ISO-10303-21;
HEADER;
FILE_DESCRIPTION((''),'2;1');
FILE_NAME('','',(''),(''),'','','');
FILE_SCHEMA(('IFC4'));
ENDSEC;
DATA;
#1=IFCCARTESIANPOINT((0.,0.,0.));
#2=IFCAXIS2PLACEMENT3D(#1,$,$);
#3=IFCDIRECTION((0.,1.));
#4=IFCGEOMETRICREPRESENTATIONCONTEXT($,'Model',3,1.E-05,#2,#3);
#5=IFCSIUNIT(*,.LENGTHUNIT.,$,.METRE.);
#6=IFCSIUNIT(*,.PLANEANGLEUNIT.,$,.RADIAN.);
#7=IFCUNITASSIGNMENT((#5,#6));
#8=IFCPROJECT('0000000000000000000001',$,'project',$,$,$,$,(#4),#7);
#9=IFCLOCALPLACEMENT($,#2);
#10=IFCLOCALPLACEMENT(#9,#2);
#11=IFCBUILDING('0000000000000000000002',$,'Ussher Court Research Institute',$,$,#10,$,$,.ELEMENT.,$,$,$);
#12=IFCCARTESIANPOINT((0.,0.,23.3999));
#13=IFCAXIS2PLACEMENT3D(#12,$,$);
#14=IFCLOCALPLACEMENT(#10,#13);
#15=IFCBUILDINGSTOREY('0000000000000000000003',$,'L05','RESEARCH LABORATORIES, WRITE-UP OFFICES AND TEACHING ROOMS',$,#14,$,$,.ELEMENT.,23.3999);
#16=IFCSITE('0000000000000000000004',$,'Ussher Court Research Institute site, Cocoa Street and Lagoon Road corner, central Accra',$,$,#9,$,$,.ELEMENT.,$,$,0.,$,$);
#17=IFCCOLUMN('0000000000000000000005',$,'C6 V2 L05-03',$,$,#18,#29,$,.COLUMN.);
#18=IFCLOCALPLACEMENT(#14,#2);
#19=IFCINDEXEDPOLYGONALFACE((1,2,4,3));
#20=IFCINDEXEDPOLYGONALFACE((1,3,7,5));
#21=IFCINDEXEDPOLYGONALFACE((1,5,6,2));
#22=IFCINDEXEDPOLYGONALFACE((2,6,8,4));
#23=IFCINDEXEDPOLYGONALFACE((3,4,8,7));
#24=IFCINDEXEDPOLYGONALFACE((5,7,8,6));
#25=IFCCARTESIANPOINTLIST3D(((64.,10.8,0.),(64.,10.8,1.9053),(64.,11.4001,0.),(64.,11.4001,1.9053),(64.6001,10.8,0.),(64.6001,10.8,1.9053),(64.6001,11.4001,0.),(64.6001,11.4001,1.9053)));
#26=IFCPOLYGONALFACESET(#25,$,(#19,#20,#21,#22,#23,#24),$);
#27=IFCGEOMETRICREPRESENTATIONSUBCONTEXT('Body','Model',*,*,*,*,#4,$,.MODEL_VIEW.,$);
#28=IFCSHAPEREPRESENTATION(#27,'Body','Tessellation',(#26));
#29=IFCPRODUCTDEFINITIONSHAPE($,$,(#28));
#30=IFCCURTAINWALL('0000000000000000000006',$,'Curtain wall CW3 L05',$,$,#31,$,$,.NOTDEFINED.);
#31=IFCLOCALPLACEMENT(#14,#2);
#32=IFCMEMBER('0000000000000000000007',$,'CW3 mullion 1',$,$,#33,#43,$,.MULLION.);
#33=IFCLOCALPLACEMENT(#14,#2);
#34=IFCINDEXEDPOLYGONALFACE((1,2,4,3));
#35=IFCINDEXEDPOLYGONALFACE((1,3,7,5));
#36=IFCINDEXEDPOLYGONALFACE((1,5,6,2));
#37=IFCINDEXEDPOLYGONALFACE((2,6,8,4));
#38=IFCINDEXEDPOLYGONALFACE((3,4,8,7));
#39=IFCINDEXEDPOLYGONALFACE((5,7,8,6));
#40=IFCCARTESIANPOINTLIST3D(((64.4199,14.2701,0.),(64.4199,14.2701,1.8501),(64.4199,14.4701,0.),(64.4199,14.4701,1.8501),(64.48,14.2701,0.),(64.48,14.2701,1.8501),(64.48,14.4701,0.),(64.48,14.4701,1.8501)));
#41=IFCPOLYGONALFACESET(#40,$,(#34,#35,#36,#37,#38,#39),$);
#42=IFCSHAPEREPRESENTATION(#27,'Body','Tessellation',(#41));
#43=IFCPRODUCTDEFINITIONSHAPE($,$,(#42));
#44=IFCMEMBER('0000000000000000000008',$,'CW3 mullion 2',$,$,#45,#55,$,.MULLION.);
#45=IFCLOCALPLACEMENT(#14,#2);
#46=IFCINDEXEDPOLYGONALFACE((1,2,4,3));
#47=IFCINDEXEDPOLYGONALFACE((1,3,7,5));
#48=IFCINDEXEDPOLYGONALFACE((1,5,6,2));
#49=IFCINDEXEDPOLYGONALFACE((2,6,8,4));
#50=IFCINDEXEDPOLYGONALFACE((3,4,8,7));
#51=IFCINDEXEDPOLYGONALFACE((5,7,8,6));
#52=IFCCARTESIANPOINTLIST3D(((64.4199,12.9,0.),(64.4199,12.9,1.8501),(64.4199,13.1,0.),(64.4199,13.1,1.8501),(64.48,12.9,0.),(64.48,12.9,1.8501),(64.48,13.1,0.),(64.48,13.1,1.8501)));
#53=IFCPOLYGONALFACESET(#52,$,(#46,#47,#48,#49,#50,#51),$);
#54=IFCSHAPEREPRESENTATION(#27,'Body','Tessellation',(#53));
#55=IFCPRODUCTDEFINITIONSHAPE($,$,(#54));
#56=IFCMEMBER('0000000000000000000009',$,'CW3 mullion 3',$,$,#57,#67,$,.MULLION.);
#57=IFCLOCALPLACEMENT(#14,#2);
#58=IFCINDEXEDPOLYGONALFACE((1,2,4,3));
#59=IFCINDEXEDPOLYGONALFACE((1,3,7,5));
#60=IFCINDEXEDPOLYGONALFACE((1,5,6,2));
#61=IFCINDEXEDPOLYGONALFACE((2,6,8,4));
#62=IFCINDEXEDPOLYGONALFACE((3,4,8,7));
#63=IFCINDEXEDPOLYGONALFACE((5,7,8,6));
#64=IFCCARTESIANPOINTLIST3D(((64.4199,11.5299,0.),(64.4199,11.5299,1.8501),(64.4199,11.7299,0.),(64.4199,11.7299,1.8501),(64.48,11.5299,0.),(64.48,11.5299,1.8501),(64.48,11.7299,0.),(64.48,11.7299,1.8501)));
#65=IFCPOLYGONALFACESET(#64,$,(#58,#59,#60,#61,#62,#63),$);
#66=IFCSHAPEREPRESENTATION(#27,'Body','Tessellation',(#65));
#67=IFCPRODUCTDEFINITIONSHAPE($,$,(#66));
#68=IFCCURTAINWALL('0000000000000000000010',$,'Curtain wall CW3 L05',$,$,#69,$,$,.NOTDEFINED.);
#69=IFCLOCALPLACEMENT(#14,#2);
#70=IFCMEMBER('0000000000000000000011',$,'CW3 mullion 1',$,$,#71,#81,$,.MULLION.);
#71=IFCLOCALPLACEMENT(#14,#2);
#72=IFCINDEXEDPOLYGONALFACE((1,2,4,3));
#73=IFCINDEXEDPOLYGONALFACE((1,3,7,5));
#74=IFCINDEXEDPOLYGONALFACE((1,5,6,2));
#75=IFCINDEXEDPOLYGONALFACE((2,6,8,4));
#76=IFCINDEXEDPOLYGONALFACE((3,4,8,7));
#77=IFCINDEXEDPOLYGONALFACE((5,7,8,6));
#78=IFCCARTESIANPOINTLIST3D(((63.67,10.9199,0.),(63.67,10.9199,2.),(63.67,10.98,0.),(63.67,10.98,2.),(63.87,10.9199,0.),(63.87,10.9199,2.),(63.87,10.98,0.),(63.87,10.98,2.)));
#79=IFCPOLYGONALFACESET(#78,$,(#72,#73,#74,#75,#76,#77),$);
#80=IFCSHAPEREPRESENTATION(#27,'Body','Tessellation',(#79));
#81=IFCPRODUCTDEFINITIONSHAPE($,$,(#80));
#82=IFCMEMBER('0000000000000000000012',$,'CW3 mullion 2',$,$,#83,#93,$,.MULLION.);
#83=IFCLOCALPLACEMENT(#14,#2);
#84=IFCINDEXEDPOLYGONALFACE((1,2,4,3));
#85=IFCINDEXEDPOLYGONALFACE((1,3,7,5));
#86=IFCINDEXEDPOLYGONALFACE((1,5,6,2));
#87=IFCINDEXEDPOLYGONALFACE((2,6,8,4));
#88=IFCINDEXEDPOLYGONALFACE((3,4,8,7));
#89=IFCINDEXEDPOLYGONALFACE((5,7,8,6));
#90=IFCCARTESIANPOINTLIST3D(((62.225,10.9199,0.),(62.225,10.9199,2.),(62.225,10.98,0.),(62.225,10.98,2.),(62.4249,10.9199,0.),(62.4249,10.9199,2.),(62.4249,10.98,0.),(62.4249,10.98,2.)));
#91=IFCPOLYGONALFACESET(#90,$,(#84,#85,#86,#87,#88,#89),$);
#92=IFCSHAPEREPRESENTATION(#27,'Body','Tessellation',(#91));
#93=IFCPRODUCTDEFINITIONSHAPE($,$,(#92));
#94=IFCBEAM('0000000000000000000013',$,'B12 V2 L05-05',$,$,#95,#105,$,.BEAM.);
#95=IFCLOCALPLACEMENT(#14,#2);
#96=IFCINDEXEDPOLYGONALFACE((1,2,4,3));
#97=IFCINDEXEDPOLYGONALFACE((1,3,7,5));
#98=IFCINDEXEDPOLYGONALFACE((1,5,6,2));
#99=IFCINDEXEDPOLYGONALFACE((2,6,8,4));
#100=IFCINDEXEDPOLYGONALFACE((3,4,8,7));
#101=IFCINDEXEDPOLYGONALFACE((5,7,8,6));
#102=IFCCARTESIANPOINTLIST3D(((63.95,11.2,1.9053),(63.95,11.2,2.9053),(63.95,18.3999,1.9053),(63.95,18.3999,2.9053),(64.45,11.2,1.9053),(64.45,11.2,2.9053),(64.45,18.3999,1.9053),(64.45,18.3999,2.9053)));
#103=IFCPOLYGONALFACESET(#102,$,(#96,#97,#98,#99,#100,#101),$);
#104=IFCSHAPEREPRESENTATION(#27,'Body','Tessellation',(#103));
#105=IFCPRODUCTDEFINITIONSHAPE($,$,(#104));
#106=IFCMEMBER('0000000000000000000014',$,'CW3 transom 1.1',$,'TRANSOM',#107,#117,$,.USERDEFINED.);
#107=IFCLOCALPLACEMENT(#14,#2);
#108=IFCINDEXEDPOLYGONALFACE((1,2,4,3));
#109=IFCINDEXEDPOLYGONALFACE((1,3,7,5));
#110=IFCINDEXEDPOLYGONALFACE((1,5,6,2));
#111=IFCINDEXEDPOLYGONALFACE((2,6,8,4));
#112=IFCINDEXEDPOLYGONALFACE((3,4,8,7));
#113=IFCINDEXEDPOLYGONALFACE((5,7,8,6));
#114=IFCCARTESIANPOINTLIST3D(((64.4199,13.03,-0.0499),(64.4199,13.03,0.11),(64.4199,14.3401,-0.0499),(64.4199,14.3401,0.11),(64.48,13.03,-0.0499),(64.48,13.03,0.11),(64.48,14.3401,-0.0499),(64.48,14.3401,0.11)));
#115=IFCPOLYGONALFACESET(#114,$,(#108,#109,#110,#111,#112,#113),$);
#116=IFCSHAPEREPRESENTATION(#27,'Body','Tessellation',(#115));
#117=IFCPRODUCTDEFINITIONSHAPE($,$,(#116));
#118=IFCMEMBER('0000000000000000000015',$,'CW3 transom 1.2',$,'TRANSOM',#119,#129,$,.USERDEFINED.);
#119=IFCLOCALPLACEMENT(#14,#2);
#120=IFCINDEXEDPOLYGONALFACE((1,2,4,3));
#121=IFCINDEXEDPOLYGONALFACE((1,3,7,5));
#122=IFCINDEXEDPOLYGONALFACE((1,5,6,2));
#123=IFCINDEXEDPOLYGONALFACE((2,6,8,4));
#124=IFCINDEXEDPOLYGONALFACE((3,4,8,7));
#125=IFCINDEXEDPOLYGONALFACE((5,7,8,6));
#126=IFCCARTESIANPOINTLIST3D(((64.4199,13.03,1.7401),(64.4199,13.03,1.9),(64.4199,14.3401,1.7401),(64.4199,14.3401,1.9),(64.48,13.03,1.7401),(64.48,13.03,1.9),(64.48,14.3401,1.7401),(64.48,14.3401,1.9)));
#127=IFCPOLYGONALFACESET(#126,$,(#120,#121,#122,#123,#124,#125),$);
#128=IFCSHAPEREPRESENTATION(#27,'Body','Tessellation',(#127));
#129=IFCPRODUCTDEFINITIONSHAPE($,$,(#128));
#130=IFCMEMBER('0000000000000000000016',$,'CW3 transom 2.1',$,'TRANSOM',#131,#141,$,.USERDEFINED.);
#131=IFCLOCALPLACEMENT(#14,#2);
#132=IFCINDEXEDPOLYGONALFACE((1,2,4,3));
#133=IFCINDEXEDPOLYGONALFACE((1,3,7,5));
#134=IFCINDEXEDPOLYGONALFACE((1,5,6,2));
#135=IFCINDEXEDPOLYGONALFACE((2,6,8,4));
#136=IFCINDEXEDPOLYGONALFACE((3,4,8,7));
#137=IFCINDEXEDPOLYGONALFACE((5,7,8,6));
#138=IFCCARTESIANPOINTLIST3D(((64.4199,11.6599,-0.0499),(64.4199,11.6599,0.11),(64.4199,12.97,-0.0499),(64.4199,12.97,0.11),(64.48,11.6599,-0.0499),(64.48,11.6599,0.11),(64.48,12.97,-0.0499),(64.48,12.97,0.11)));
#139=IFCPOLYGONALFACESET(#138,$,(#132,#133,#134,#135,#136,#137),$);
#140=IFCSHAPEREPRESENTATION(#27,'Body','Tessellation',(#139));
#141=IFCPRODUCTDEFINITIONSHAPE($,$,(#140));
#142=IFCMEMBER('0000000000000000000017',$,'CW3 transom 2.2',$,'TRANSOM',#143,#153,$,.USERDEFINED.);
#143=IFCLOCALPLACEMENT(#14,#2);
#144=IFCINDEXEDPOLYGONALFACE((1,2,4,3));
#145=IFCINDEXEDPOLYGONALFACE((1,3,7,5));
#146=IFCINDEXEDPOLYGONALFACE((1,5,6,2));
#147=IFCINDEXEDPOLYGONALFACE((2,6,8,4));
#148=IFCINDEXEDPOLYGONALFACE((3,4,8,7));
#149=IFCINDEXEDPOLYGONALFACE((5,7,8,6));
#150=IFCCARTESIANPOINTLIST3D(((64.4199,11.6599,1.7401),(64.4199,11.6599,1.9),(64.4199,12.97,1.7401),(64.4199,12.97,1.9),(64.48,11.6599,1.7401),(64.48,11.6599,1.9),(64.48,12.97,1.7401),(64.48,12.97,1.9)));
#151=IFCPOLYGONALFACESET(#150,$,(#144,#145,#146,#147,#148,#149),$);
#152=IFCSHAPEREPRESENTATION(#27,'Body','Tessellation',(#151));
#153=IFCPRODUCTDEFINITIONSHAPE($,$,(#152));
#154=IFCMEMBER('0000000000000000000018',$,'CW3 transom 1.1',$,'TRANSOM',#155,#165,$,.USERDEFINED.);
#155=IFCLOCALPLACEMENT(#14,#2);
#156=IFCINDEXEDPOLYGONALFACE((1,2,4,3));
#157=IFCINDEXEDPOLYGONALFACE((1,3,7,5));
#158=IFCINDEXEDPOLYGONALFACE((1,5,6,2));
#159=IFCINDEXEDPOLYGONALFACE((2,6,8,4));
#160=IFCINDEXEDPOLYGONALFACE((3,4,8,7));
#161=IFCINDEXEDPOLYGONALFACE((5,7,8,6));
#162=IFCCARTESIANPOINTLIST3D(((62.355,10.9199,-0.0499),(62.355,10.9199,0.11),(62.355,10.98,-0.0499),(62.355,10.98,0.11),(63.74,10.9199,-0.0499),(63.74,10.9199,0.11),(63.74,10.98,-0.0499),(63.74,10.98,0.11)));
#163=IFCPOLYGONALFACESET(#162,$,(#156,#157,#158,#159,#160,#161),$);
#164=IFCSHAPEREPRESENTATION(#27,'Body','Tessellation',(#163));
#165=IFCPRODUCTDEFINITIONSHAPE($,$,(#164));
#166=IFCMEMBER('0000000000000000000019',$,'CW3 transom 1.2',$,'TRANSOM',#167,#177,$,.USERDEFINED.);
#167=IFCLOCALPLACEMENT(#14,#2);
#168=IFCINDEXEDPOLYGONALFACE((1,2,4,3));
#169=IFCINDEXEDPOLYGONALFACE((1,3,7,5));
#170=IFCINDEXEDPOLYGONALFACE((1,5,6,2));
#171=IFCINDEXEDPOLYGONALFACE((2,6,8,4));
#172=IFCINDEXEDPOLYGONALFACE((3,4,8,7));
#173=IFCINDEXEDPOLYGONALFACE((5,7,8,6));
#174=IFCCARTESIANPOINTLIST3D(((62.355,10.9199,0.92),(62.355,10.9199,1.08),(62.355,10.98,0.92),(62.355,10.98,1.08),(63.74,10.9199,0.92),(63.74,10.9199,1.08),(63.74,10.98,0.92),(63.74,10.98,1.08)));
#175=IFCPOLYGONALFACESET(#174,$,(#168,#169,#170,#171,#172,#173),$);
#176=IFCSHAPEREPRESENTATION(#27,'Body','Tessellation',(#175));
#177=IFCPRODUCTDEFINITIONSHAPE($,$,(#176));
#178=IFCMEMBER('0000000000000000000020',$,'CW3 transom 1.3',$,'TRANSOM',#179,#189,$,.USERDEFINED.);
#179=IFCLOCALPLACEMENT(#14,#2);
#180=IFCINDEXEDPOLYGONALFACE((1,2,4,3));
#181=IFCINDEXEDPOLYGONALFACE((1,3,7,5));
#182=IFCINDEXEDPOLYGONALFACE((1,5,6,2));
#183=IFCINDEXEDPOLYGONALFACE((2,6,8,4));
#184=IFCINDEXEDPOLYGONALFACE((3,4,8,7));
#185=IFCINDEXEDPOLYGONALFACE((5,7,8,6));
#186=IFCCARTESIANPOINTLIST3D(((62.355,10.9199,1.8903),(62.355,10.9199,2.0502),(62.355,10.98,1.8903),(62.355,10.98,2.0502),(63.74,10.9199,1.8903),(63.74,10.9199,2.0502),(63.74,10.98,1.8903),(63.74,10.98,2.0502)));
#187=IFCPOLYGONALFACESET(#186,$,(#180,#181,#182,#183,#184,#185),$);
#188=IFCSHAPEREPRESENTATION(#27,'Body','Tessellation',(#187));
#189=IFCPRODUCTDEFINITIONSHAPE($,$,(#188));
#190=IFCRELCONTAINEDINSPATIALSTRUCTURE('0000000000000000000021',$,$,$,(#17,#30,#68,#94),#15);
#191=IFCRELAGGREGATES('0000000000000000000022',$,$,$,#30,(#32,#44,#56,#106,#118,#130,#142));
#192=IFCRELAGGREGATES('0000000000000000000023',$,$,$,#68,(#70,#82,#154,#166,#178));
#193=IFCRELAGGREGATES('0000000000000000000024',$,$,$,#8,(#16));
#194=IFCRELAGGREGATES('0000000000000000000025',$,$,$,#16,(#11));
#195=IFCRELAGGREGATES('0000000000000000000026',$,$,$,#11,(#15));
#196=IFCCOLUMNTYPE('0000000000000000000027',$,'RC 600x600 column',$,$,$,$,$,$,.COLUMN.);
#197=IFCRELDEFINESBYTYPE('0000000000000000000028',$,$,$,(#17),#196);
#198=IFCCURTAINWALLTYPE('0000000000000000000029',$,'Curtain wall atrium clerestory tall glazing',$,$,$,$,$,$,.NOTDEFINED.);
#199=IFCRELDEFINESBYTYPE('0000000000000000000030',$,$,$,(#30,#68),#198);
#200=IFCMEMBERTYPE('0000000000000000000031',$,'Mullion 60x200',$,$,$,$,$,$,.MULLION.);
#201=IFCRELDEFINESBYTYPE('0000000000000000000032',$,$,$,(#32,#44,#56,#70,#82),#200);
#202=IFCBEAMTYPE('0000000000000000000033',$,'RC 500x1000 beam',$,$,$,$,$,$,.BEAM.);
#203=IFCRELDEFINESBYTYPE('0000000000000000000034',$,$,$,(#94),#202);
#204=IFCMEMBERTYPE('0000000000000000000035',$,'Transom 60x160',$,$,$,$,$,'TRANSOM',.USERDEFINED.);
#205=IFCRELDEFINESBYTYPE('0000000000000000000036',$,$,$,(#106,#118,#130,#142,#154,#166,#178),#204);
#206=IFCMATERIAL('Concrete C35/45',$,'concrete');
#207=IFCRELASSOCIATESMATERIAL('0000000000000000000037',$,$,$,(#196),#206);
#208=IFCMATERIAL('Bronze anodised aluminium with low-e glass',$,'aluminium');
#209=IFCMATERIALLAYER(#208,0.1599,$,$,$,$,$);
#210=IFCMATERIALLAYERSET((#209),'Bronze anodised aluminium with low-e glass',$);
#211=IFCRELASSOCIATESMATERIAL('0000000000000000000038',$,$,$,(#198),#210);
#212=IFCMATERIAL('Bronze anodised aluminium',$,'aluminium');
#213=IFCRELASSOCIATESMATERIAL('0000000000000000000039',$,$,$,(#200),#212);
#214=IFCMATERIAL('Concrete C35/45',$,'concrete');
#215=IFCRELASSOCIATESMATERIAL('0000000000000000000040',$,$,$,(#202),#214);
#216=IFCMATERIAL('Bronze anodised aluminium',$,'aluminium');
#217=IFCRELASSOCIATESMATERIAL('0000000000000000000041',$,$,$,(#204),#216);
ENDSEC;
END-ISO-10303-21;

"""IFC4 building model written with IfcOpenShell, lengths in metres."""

from ifc_helpers import new_model, si_unit, direction, frame, origin, origin_2d, place, context, subcontext, project, spatial, rectangle, extrude, material, layer, layer_set, material_profile, profile_set, type_object, element, aggregate, save


model = new_model("IFC4")

# Units and contexts
model_context = context("Model", 3, precision=1e-05, world=origin(), true_north=direction((0.0, 1.0)))
body_context = subcontext(model_context, "Body", "Model", "MODEL_VIEW")
ifc_project = project(units=[si_unit("LENGTHUNIT", "METRE"), si_unit("PLANEANGLEUNIT", "RADIAN")], contexts=[model_context])

# Site, building, storey
site_placement = place(None, origin())
site = spatial("IfcSite", under=ifc_project, at=site_placement, Name="Ussher Court Research Institute site, Cocoa Street and Lagoon Road corner, central Accra", CompositionType="ELEMENT", RefElevation=0.0)
building_placement = place(site_placement, origin())
building = spatial("IfcBuilding", under=site, at=building_placement, Name="Ussher Court Research Institute", CompositionType="ELEMENT")
storey_placement = place(building_placement, frame((0.0, 0.0, 23.3999)))
storey = spatial("IfcBuildingStorey", under=building, at=storey_placement, Name="L05", Description="RESEARCH LABORATORIES, WRITE-UP OFFICES AND TEACHING ROOMS", CompositionType="ELEMENT", Elevation=23.3999)

# Column
ifc_material_1 = material(Name="Concrete C35/45", Category="concrete")
ifc_material_profile_1 = material_profile(ifc_material_1, rectangle(XDim=0.6001, YDim=0.6001, at=origin_2d()), Name="RC 600x600")
ifc_profile_set_1 = profile_set([ifc_material_profile_1], Name="Concrete C35/45")
column_type = type_object("IfcColumnType", Name="RC 600x600 column", PredefinedType="COLUMN", material=ifc_profile_set_1)
column_placement = place(storey_placement, frame((64.3, 11.1001, 0.0), z_axis=(0.0, 0.0, 1.0), x_axis=(1.0, 0.0, 0.0)))
element("IfcColumn", 1, at=column_placement, inside=storey, type_object=column_type, Name="C6 V2 L05-03", PredefinedType="COLUMN", context=body_context, shape_type="SweptSolid", body=[
    extrude(rectangle(XDim=0.6001, YDim=0.6001, at=origin_2d()), origin(), (0.0, 0.0, 1.0), 1.9053),
])

# Curtain walls, members
ifc_material_2 = material(Name="Bronze anodised aluminium with low-e glass", Category="aluminium")
ifc_layer_1 = layer(ifc_material_2, 0.1599)
ifc_layer_set_1 = layer_set([ifc_layer_1], Name="Bronze anodised aluminium with low-e glass")
curtain_wall_type = type_object("IfcCurtainWallType", Name="Curtain wall atrium clerestory tall glazing", PredefinedType="NOTDEFINED", material=ifc_layer_set_1)
curtain_wall_1_placement = place(storey_placement, origin())
curtain_wall_1 = element("IfcCurtainWall", 2, at=curtain_wall_1_placement, inside=storey, type_object=curtain_wall_type, Name="Curtain wall CW3 L05", PredefinedType="NOTDEFINED")
ifc_material_3 = material(Name="Bronze anodised aluminium", Category="aluminium")
ifc_material_profile_2 = material_profile(ifc_material_3, rectangle(XDim=0.0601, YDim=0.2, at=origin_2d()), Name="Mullion 60x200")
ifc_profile_set_2 = profile_set([ifc_material_profile_2], Name="Bronze anodised aluminium")
member_type_1 = type_object("IfcMemberType", Name="Mullion 60x200", PredefinedType="MULLION", material=ifc_profile_set_2)
member_1_placement = place(storey_placement, frame((64.45, 14.3701, 0.0), z_axis=(0.0, 0.0, 1.0), x_axis=(1.0, 0.0, 0.0)))
member_1 = element("IfcMember", 3, at=member_1_placement, type_object=member_type_1, Name="CW3 mullion 1", PredefinedType="MULLION", context=body_context, shape_type="SweptSolid", body=[
    extrude(rectangle(XDim=0.0601, YDim=0.2, at=origin_2d()), origin(), (0.0, 0.0, 1.0), 1.8501),
])
member_2_placement = place(storey_placement, frame((64.45, 13.0, 0.0), z_axis=(0.0, 0.0, 1.0), x_axis=(1.0, 0.0, 0.0)))
member_2 = element("IfcMember", 4, at=member_2_placement, type_object=member_type_1, Name="CW3 mullion 2", PredefinedType="MULLION", context=body_context, shape_type="SweptSolid", body=[
    extrude(rectangle(XDim=0.0601, YDim=0.2, at=origin_2d()), origin(), (0.0, 0.0, 1.0), 1.8501),
])
member_3_placement = place(storey_placement, frame((64.45, 11.6299, 0.0), z_axis=(0.0, 0.0, 1.0), x_axis=(1.0, 0.0, 0.0)))
member_3 = element("IfcMember", 5, at=member_3_placement, type_object=member_type_1, Name="CW3 mullion 3", PredefinedType="MULLION", context=body_context, shape_type="SweptSolid", body=[
    extrude(rectangle(XDim=0.0601, YDim=0.2, at=origin_2d()), origin(), (0.0, 0.0, 1.0), 1.8501),
])
curtain_wall_2_placement = place(storey_placement, origin())
curtain_wall_2 = element("IfcCurtainWall", 6, at=curtain_wall_2_placement, inside=storey, type_object=curtain_wall_type, Name="Curtain wall CW3 L05", PredefinedType="NOTDEFINED")
member_4_placement = place(storey_placement, frame((63.77, 10.95, 0.0), z_axis=(0.0, 0.0, 1.0), x_axis=(0.0, -1.0, 0.0)))
member_4 = element("IfcMember", 7, at=member_4_placement, type_object=member_type_1, Name="CW3 mullion 1", PredefinedType="MULLION", context=body_context, shape_type="SweptSolid", body=[
    extrude(rectangle(XDim=0.0601, YDim=0.2, at=origin_2d()), origin(), (0.0, 0.0, 1.0), 2.0),
])
member_5_placement = place(storey_placement, frame((62.325, 10.95, 0.0), z_axis=(0.0, 0.0, 1.0), x_axis=(0.0, -1.0, 0.0)))
member_5 = element("IfcMember", 8, at=member_5_placement, type_object=member_type_1, Name="CW3 mullion 2", PredefinedType="MULLION", context=body_context, shape_type="SweptSolid", body=[
    extrude(rectangle(XDim=0.0601, YDim=0.2, at=origin_2d()), origin(), (0.0, 0.0, 1.0), 2.0),
])

# Beam
ifc_material_4 = material(Name="Concrete C35/45", Category="concrete")
ifc_material_profile_3 = material_profile(ifc_material_4, rectangle(XDim=0.5, YDim=1.0, at=origin_2d()), Name="RC 500x1000")
ifc_profile_set_3 = profile_set([ifc_material_profile_3], Name="Concrete C35/45")
beam_type = type_object("IfcBeamType", Name="RC 500x1000 beam", PredefinedType="BEAM", material=ifc_profile_set_3)
beam_placement = place(storey_placement, frame((64.2, 11.2, 2.4053), z_axis=(0.0, 1.0, 0.0), x_axis=(-1.0, 0.0, 0.0)))
element("IfcBeam", 9, at=beam_placement, inside=storey, type_object=beam_type, Name="B12 V2 L05-05", PredefinedType="BEAM", context=body_context, shape_type="SweptSolid", body=[
    extrude(rectangle(XDim=0.5, YDim=1.0, at=origin_2d()), origin(), (0.0, 0.0, 1.0), 7.2),
])

# Members
ifc_material_5 = material(Name="Bronze anodised aluminium", Category="aluminium")
ifc_material_profile_4 = material_profile(ifc_material_5, rectangle(XDim=0.0601, YDim=0.1599, at=origin_2d()), Name="Transom 60x160")
ifc_profile_set_4 = profile_set([ifc_material_profile_4], Name="Bronze anodised aluminium")
member_type_2 = type_object("IfcMemberType", Name="Transom 60x160", ElementType="TRANSOM", PredefinedType="USERDEFINED", material=ifc_profile_set_4)
member_6_placement = place(storey_placement, frame((64.45, 14.3401, 0.03), z_axis=(0.0, -1.0, 0.0), x_axis=(1.0, 0.0, 0.0)))
member_6 = element("IfcMember", 10, at=member_6_placement, type_object=member_type_2, Name="CW3 transom 1.1", ObjectType="TRANSOM", PredefinedType="USERDEFINED", context=body_context, shape_type="SweptSolid", body=[
    extrude(rectangle(XDim=0.0601, YDim=0.1599, at=origin_2d()), origin(), (0.0, 0.0, 1.0), 1.3101),
])
member_7_placement = place(storey_placement, frame((64.45, 14.3401, 1.8201), z_axis=(0.0, -1.0, 0.0), x_axis=(1.0, 0.0, 0.0)))
member_7 = element("IfcMember", 11, at=member_7_placement, type_object=member_type_2, Name="CW3 transom 1.2", ObjectType="TRANSOM", PredefinedType="USERDEFINED", context=body_context, shape_type="SweptSolid", body=[
    extrude(rectangle(XDim=0.0601, YDim=0.1599, at=origin_2d()), origin(), (0.0, 0.0, 1.0), 1.3101),
])
member_8_placement = place(storey_placement, frame((64.45, 12.97, 0.03), z_axis=(0.0, -1.0, 0.0), x_axis=(1.0, 0.0, 0.0)))
member_8 = element("IfcMember", 12, at=member_8_placement, type_object=member_type_2, Name="CW3 transom 2.1", ObjectType="TRANSOM", PredefinedType="USERDEFINED", context=body_context, shape_type="SweptSolid", body=[
    extrude(rectangle(XDim=0.0601, YDim=0.1599, at=origin_2d()), origin(), (0.0, 0.0, 1.0), 1.3101),
])
member_9_placement = place(storey_placement, frame((64.45, 12.97, 1.8201), z_axis=(0.0, -1.0, 0.0), x_axis=(1.0, 0.0, 0.0)))
member_9 = element("IfcMember", 13, at=member_9_placement, type_object=member_type_2, Name="CW3 transom 2.2", ObjectType="TRANSOM", PredefinedType="USERDEFINED", context=body_context, shape_type="SweptSolid", body=[
    extrude(rectangle(XDim=0.0601, YDim=0.1599, at=origin_2d()), origin(), (0.0, 0.0, 1.0), 1.3101),
])
member_10_placement = place(storey_placement, frame((63.74, 10.95, 0.03), z_axis=(-1.0, 0.0, 0.0), x_axis=(0.0, -1.0, 0.0)))
member_10 = element("IfcMember", 14, at=member_10_placement, type_object=member_type_2, Name="CW3 transom 1.1", ObjectType="TRANSOM", PredefinedType="USERDEFINED", context=body_context, shape_type="SweptSolid", body=[
    extrude(rectangle(XDim=0.0601, YDim=0.1599, at=origin_2d()), origin(), (0.0, 0.0, 1.0), 1.385),
])
member_11_placement = place(storey_placement, frame((63.74, 10.95, 1.0), z_axis=(-1.0, 0.0, 0.0), x_axis=(0.0, -1.0, 0.0)))
member_11 = element("IfcMember", 15, at=member_11_placement, type_object=member_type_2, Name="CW3 transom 1.2", ObjectType="TRANSOM", PredefinedType="USERDEFINED", context=body_context, shape_type="SweptSolid", body=[
    extrude(rectangle(XDim=0.0601, YDim=0.1599, at=origin_2d()), origin(), (0.0, 0.0, 1.0), 1.385),
])
member_12_placement = place(storey_placement, frame((63.74, 10.95, 1.9702), z_axis=(-1.0, 0.0, 0.0), x_axis=(0.0, -1.0, 0.0)))
member_12 = element("IfcMember", 16, at=member_12_placement, type_object=member_type_2, Name="CW3 transom 1.3", ObjectType="TRANSOM", PredefinedType="USERDEFINED", context=body_context, shape_type="SweptSolid", body=[
    extrude(rectangle(XDim=0.0601, YDim=0.1599, at=origin_2d()), origin(), (0.0, 0.0, 1.0), 1.385),
])

aggregate(curtain_wall_1, [member_1, member_2, member_3, member_6, member_7, member_8, member_9])
aggregate(curtain_wall_2, [member_4, member_5, member_10, member_11, member_12])

save(model, "model.ifc")
